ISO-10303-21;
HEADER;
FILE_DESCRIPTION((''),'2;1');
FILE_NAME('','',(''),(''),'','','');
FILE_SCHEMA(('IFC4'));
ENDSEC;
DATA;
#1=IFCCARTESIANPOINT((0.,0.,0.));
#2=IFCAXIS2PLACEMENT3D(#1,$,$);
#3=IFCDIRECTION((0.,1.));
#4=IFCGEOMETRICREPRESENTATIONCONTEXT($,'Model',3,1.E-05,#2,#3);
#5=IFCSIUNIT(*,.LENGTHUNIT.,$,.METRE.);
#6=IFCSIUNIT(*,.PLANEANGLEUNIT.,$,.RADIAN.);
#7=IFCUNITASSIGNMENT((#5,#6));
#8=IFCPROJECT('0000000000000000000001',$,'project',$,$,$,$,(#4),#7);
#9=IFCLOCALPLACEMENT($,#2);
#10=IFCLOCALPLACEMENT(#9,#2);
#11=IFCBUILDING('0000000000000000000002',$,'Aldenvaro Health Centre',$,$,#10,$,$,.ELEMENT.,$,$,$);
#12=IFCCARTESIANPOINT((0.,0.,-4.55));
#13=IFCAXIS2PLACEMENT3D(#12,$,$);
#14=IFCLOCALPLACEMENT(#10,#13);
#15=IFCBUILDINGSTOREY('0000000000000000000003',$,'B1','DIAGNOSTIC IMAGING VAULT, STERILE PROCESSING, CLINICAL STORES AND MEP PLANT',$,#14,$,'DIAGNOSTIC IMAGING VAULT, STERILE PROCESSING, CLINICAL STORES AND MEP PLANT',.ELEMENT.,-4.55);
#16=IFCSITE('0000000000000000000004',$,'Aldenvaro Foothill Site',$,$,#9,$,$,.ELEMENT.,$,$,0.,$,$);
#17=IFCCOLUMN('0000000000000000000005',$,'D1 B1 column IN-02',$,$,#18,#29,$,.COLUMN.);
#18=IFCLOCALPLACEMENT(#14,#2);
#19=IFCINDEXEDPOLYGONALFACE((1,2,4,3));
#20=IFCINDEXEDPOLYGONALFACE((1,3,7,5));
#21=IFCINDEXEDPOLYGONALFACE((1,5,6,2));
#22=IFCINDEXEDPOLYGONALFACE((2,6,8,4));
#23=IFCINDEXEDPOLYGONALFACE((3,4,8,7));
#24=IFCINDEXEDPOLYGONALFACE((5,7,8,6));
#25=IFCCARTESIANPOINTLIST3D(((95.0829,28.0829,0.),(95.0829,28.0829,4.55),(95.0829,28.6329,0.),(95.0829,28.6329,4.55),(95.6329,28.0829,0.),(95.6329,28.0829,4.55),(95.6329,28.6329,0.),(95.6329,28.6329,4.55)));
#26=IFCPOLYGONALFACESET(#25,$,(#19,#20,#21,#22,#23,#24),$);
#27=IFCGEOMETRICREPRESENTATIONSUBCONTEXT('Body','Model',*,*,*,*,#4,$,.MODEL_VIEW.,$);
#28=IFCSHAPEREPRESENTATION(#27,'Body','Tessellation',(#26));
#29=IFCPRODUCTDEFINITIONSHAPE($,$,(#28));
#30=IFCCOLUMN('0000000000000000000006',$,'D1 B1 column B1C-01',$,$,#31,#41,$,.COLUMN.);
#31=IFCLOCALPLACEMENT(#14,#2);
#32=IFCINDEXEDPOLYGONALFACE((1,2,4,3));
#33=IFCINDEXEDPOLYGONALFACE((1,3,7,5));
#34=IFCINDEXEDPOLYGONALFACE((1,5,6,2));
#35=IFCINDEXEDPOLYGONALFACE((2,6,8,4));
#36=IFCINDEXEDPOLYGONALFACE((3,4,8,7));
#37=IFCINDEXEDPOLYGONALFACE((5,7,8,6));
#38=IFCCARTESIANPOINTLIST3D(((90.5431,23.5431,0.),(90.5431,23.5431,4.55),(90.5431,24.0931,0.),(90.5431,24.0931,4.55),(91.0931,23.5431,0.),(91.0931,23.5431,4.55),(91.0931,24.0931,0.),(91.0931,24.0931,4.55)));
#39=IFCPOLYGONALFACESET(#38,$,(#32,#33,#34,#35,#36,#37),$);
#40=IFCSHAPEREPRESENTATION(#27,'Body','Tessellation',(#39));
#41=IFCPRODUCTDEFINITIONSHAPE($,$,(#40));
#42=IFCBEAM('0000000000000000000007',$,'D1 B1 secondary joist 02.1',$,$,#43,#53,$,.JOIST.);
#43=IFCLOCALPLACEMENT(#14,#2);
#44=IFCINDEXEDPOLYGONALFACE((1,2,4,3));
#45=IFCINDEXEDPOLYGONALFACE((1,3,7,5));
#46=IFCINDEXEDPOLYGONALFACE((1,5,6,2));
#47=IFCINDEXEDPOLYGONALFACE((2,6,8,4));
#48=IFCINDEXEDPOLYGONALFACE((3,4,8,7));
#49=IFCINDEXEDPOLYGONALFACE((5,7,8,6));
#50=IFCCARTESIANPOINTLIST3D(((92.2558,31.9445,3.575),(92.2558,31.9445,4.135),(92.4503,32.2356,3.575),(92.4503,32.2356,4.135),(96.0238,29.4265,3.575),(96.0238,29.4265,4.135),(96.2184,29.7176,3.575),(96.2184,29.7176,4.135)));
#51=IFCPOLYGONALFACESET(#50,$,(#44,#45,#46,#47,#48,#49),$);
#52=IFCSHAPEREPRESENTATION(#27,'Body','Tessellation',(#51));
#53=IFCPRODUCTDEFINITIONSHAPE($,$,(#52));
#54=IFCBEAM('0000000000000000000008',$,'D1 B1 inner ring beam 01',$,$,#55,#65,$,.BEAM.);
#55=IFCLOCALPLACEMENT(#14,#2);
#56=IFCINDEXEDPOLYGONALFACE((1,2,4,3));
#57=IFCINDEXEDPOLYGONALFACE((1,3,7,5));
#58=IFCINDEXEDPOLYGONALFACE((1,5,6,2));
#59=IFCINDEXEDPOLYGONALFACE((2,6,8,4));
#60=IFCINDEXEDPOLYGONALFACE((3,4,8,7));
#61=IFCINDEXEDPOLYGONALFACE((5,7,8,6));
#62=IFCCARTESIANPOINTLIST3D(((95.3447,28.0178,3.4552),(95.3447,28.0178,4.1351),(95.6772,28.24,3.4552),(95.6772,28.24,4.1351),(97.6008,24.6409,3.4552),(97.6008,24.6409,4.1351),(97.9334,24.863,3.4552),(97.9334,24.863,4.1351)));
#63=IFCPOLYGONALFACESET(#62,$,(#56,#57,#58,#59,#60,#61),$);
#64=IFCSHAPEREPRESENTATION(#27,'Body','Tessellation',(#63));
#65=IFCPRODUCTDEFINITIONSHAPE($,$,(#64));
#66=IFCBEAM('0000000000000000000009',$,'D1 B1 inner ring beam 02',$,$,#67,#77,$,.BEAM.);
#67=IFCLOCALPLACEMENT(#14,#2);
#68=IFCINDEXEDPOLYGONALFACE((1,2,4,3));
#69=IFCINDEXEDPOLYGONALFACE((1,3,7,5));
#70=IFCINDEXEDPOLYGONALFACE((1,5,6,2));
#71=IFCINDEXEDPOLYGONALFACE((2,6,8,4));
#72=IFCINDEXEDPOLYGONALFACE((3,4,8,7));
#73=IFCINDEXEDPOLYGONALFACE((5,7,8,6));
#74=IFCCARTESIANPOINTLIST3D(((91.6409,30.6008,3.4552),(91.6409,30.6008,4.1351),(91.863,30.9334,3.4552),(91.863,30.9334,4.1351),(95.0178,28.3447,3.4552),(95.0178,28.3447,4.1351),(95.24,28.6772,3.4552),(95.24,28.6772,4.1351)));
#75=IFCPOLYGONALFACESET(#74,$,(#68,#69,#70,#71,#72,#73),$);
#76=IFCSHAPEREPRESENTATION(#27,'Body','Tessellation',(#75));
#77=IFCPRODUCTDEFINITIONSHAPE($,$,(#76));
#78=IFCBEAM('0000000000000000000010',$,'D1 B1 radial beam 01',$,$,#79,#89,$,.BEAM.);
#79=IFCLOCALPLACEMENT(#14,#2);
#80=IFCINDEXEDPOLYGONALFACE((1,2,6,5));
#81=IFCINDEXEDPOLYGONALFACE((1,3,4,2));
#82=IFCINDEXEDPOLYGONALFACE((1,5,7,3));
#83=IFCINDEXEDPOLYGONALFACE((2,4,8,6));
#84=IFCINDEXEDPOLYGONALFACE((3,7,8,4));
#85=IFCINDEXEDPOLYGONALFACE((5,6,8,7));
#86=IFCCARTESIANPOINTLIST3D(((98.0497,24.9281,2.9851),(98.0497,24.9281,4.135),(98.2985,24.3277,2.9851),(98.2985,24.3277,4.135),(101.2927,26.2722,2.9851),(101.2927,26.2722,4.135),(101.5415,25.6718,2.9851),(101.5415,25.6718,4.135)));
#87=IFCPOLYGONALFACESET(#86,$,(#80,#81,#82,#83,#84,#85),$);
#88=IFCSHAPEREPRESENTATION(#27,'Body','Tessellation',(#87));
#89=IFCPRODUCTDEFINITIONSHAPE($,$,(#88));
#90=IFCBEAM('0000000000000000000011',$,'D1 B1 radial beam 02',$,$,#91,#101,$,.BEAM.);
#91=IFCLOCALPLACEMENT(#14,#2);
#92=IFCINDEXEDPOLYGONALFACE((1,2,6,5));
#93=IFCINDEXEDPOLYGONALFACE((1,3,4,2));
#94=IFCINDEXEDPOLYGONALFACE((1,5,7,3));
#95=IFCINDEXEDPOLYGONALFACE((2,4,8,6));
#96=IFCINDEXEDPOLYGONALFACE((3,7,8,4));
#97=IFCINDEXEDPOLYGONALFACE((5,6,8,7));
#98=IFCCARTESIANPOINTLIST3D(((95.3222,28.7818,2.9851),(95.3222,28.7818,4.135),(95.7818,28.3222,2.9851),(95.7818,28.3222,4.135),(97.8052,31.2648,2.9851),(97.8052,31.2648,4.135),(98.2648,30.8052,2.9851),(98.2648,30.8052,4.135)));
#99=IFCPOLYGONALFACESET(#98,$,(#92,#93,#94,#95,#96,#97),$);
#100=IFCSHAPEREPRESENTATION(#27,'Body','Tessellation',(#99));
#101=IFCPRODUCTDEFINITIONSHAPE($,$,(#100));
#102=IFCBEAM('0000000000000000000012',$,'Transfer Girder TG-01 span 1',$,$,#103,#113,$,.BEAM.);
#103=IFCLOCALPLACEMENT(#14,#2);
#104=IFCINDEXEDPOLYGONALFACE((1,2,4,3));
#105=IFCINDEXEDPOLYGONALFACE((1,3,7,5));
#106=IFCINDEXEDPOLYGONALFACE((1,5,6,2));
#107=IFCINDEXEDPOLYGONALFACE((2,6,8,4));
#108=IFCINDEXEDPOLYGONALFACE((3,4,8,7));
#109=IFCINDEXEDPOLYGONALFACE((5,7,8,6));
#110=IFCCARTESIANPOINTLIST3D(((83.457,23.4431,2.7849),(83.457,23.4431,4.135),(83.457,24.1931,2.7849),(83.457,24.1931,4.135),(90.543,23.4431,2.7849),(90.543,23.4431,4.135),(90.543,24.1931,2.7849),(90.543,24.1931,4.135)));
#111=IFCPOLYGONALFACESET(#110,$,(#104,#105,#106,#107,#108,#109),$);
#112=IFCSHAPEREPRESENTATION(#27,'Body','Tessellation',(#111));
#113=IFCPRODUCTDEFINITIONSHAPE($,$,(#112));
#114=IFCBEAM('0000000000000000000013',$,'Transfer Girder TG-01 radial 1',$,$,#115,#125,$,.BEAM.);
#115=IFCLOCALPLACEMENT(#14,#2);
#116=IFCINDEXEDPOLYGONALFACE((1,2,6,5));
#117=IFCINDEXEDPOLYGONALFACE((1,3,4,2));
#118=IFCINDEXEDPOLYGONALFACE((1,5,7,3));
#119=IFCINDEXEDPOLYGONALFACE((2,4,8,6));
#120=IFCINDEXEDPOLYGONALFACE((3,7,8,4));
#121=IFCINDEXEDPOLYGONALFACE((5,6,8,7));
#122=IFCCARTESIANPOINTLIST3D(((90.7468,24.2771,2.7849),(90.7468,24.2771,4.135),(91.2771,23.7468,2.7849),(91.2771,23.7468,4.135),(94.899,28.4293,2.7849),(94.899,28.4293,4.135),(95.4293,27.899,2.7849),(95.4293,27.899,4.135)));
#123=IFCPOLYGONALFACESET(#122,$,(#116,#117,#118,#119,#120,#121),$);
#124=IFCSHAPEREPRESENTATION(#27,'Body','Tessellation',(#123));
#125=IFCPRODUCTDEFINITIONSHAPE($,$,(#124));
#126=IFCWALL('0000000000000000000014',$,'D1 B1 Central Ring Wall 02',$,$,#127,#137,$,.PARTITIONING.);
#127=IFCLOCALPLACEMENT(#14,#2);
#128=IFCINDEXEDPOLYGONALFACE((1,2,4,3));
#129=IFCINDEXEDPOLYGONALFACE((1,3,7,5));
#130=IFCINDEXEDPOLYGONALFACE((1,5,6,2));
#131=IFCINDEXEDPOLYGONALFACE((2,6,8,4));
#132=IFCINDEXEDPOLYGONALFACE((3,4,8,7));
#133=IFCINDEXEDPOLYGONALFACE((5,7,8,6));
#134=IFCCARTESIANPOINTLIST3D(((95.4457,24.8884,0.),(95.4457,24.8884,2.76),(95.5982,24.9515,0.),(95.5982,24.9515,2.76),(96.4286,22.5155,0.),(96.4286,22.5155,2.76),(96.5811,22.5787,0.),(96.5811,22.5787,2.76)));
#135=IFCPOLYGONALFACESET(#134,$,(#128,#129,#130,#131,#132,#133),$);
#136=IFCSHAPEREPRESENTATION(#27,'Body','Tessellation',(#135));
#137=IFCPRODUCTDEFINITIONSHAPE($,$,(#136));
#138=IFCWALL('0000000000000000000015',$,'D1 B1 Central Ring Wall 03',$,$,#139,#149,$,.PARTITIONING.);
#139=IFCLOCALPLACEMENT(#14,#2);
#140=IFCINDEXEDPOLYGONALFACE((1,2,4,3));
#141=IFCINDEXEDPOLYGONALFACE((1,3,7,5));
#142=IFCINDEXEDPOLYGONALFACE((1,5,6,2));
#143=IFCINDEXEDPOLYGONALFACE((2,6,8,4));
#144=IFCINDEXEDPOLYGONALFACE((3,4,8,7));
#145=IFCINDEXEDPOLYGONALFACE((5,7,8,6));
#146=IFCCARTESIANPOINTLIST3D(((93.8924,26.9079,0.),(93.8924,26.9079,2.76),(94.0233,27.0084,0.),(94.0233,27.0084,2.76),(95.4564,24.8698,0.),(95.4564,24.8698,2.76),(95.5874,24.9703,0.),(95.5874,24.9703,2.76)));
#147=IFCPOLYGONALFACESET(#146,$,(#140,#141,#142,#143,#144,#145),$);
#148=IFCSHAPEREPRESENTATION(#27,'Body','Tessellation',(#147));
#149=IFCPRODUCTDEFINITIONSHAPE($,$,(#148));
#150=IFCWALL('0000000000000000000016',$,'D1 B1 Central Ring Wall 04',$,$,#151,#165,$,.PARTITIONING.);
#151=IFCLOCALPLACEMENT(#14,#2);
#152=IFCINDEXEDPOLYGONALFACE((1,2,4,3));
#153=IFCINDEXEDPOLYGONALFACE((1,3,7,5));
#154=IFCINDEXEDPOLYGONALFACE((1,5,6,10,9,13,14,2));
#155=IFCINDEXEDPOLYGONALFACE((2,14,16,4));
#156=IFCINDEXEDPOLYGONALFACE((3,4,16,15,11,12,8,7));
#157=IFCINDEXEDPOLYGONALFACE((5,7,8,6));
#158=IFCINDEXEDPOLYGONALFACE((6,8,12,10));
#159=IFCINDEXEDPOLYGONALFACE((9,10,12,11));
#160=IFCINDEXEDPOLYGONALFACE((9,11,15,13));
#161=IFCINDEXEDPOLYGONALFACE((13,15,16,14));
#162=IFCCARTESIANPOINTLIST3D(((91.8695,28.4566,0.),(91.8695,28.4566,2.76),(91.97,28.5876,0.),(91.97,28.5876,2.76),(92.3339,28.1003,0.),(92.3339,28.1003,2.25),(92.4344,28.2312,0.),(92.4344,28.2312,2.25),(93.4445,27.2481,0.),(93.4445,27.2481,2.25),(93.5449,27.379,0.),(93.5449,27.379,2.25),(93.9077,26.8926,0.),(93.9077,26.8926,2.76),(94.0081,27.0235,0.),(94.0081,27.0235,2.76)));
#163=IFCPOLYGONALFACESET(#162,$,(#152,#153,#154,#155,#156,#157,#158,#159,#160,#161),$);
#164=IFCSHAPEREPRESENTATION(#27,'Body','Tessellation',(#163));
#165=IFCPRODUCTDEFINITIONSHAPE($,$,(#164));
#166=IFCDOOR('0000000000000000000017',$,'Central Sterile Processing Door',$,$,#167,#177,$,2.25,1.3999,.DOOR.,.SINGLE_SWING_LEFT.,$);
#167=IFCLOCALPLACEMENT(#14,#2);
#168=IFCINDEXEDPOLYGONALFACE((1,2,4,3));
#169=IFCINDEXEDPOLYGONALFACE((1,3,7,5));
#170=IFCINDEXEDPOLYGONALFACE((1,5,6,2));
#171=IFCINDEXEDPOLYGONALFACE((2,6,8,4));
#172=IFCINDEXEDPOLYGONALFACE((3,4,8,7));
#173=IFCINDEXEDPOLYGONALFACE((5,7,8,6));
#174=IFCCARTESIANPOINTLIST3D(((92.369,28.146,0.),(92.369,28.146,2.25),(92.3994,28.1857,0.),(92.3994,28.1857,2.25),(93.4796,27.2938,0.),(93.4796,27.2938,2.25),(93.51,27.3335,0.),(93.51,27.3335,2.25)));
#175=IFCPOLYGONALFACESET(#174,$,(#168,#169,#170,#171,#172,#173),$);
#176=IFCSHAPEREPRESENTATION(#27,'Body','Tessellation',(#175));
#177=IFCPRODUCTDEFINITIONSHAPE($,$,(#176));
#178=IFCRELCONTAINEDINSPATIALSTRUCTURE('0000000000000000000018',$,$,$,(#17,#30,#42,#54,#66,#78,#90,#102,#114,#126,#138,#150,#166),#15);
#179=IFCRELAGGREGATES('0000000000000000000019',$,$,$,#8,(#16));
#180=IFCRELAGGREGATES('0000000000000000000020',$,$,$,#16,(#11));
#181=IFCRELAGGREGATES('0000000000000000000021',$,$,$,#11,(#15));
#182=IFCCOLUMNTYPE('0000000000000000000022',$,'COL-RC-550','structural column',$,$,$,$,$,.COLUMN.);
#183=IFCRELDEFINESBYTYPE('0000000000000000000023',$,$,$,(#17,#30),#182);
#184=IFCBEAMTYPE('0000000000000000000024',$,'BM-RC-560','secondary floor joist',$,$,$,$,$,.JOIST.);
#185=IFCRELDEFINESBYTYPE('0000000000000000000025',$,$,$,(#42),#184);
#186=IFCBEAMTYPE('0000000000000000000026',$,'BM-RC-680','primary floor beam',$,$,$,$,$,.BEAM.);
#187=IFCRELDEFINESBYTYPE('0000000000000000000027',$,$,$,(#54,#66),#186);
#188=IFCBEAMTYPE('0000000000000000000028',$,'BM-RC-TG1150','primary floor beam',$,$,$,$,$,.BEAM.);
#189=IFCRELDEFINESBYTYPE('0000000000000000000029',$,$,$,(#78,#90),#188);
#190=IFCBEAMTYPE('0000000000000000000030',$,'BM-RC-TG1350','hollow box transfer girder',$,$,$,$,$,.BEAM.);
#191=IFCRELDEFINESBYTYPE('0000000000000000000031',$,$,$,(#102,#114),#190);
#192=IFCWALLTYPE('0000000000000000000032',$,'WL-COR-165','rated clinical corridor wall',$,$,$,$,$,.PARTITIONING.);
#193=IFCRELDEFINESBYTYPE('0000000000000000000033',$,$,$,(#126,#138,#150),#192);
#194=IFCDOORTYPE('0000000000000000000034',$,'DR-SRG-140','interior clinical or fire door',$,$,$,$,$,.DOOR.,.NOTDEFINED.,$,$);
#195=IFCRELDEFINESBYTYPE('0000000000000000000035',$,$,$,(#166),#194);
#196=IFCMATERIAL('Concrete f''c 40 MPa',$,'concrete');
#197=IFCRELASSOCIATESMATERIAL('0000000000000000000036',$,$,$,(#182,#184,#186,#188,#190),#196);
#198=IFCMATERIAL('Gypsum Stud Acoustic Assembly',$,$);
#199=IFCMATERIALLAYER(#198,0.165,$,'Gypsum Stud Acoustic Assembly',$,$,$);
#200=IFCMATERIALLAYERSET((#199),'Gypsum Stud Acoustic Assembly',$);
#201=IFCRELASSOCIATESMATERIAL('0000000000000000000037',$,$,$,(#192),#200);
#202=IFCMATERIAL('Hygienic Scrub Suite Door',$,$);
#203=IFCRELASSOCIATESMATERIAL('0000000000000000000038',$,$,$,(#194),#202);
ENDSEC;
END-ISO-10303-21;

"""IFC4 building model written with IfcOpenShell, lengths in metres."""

from ifc_helpers import new_model, si_unit, direction, frame, frame_2d, origin, origin_2d, place, context, subcontext, project, spatial, rectangle, extrude, material, layer, layer_set, material_profile, profile_set, type_object, element, fill, save


model = new_model("IFC4")

# Units and contexts
model_context = context("Model", 3, precision=1e-05, world=origin(), true_north=direction((0.0, 1.0)))
body_context = subcontext(model_context, "Body", "Model", "MODEL_VIEW")
ifc_project = project(units=[si_unit("LENGTHUNIT", "METRE"), si_unit("PLANEANGLEUNIT", "RADIAN")], contexts=[model_context])

# Site, building, storey
site_placement = place(None, origin())
site = spatial("IfcSite", under=ifc_project, at=site_placement, Name="Aldenvaro Foothill Site", CompositionType="ELEMENT", RefElevation=0.0)
building_placement = place(site_placement, origin())
building = spatial("IfcBuilding", under=site, at=building_placement, Name="Aldenvaro Health Centre", CompositionType="ELEMENT")
storey_placement = place(building_placement, frame((0.0, 0.0, -4.55)))
storey = spatial("IfcBuildingStorey", under=building, at=storey_placement, Name="B1", Description="DIAGNOSTIC IMAGING VAULT, STERILE PROCESSING, CLINICAL STORES AND MEP PLANT", LongName="DIAGNOSTIC IMAGING VAULT, STERILE PROCESSING, CLINICAL STORES AND MEP PLANT", CompositionType="ELEMENT", Elevation=-4.55)

# Shared definitions
ifc_material_1 = material(Name="Concrete f'c 40 MPa", Category="concrete")

# Columns
ifc_material_profile_1 = material_profile(ifc_material_1, rectangle(XDim=0.55, YDim=0.55, at=origin_2d()), Name="RC 550x550", Category="concrete")
ifc_profile_set_1 = profile_set([ifc_material_profile_1], Name="Concrete f'c 40 MPa")
column_type = type_object("IfcColumnType", Name="COL-RC-550", Description="structural column", PredefinedType="COLUMN", material=ifc_profile_set_1)
for number, where, z_axis, x_axis, name in (
    (1, (95.3579, 28.3579, 0.0), (0.0, 0.0, 1.0), (1.0, 0.0, 0.0), "D1 B1 column IN-02"),
    (2, (90.8181, 23.8181, 0.0), (0.0, 0.0, 1.0), (1.0, 0.0, 0.0), "D1 B1 column B1C-01"),
):
    element("IfcColumn", number, at=place(storey_placement, frame(where, z_axis=z_axis, x_axis=x_axis)), inside=storey, type_object=column_type, Name=name, PredefinedType="COLUMN", context=body_context, shape_type="SweptSolid", body=[
        extrude(rectangle(XDim=0.55, YDim=0.55, at=origin_2d()), origin(), (0.0, 0.0, 1.0), 4.55),
    ])

# Beams
ifc_material_profile_2 = material_profile(ifc_material_1, rectangle(XDim=0.3501, YDim=0.5601, at=origin_2d()), Name="RC 350x560", Category="concrete")
ifc_profile_set_2 = profile_set([ifc_material_profile_2], Name="Concrete f'c 40 MPa")
beam_type_1 = type_object("IfcBeamType", Name="BM-RC-560", Description="secondary floor joist", PredefinedType="JOIST", material=ifc_profile_set_2)
beam_1_placement = place(storey_placement, frame((96.1211, 29.572, 3.855), z_axis=(-0.831436, 0.55562, 0.0), x_axis=(-0.55562, -0.831436, 0.0)))
element("IfcBeam", 3, at=beam_1_placement, inside=storey, type_object=beam_type_1, Name="D1 B1 secondary joist 02.1", PredefinedType="JOIST", context=body_context, shape_type="SweptSolid", body=[
    extrude(rectangle(XDim=0.3501, YDim=0.5601, at=origin_2d()), origin(), (0.0, 0.0, 1.0), 4.532),
])
ifc_material_profile_3 = material_profile(ifc_material_1, rectangle(XDim=0.3999, YDim=0.6799, at=origin_2d()), Name="RC 400x680", Category="concrete")
ifc_profile_set_3 = profile_set([ifc_material_profile_3], Name="Concrete f'c 40 MPa")
beam_type_2 = type_object("IfcBeamType", Name="BM-RC-680", Description="primary floor beam", PredefinedType="BEAM", material=ifc_profile_set_3)
for number, where, z_axis, x_axis, name in (
    (4, (97.7671, 24.752, 3.7952), (-0.555518, 0.831504, 0.0), (-0.831504, -0.555518, 0.0), "D1 B1 inner ring beam 01"),
    (5, (95.1289, 28.511, 3.7952), (-0.831504, 0.555518, 0.0), (-0.555518, -0.831504, 0.0), "D1 B1 inner ring beam 02"),
):
    element("IfcBeam", number, at=place(storey_placement, frame(where, z_axis=z_axis, x_axis=x_axis)), inside=storey, type_object=beam_type_2, Name=name, PredefinedType="BEAM", context=body_context, shape_type="SweptSolid", body=[
        extrude(rectangle(XDim=0.3999, YDim=0.6799, at=origin_2d()), origin(), (0.0, 0.0, 1.0), 4.0613),
    ])
ifc_material_profile_4 = material_profile(ifc_material_1, rectangle(XDim=0.6499, YDim=1.1499, at=origin_2d()), Name="RC 650x1150", Category="concrete")
ifc_profile_set_4 = profile_set([ifc_material_profile_4], Name="Concrete f'c 40 MPa")
beam_type_3 = type_object("IfcBeamType", Name="BM-RC-TG1150", Description="primary floor beam", PredefinedType="BEAM", material=ifc_profile_set_4)
beam_2_placement = place(storey_placement, frame((98.1741, 24.6279, 3.5601), z_axis=(0.923806, 0.382862, 0.0), x_axis=(-0.382862, 0.923806, 0.0)))
element("IfcBeam", 6, at=beam_2_placement, inside=storey, type_object=beam_type_3, Name="D1 B1 radial beam 01", PredefinedType="BEAM", context=body_context, shape_type="SweptSolid", body=[
    extrude(rectangle(XDim=0.6499, YDim=1.1499, at=origin_2d()), origin(), (0.0, 0.0, 1.0), 3.5105),
])
beam_3_placement = place(storey_placement, frame((95.552, 28.552, 3.5601), z_axis=(0.707107, 0.707107, 0.0), x_axis=(-0.707107, 0.707107, 0.0)))
element("IfcBeam", 7, at=beam_3_placement, inside=storey, type_object=beam_type_3, Name="D1 B1 radial beam 02", PredefinedType="BEAM", context=body_context, shape_type="SweptSolid", body=[
    extrude(rectangle(XDim=0.6499, YDim=1.1499, at=origin_2d()), origin(), (0.0, 0.0, 1.0), 3.5115),
])
ifc_material_profile_5 = material_profile(ifc_material_1, rectangle(XDim=0.75, YDim=1.3501, at=origin_2d()), Name="RC 750x1350", Category="concrete")
ifc_profile_set_5 = profile_set([ifc_material_profile_5], Name="Concrete f'c 40 MPa")
beam_type_4 = type_object("IfcBeamType", Name="BM-RC-TG1350", Description="hollow box transfer girder", PredefinedType="BEAM", material=ifc_profile_set_5)
beam_4_placement = place(storey_placement, frame((90.543, 23.8181, 3.46), z_axis=(-1.0, 0.0, 0.0), x_axis=(0.0, -1.0, 0.0)))
element("IfcBeam", 8, at=beam_4_placement, inside=storey, type_object=beam_type_4, Name="Transfer Girder TG-01 span 1", PredefinedType="BEAM", context=body_context, shape_type="SweptSolid", body=[
    extrude(rectangle(XDim=0.75, YDim=1.3501, at=origin_2d()), origin(), (0.0, 0.0, 1.0), 7.0859),
])
beam_5_placement = place(storey_placement, frame((91.012, 24.012, 3.46), z_axis=(0.707107, 0.707107, 0.0), x_axis=(-0.707107, 0.707107, 0.0)))
element("IfcBeam", 9, at=beam_5_placement, inside=storey, type_object=beam_type_4, Name="Transfer Girder TG-01 radial 1", PredefinedType="BEAM", context=body_context, shape_type="SweptSolid", body=[
    extrude(rectangle(XDim=0.75, YDim=1.3501, at=origin_2d()), origin(), (0.0, 0.0, 1.0), 5.8721),
])

# Walls
ifc_material_2 = material(Name="Gypsum Stud Acoustic Assembly")
ifc_layer = layer(ifc_material_2, 0.165, Name="Gypsum Stud Acoustic Assembly")
ifc_layer_set = layer_set([ifc_layer], Name="Gypsum Stud Acoustic Assembly")
wall_type = type_object("IfcWallType", Name="WL-COR-165", Description="rated clinical corridor wall", PredefinedType="PARTITIONING", material=ifc_layer_set)
wall_1_placement = place(storey_placement, frame((96.5049, 22.5471, 0.0), z_axis=(0.0, 0.0, 1.0), x_axis=(-0.382704, 0.923871, 0.0)))
element("IfcWall", 10, at=wall_1_placement, inside=storey, type_object=wall_type, Name="D1 B1 Central Ring Wall 02", PredefinedType="PARTITIONING", context=body_context, shape_type="SweptSolid", body=[
    extrude(rectangle(XDim=2.5684, YDim=0.165, at=frame_2d((1.2842, 0.0))), origin(), (0.0, 0.0, 1.0), 2.76),
])
wall_2_placement = place(storey_placement, frame((95.522, 24.9199, 0.0), z_axis=(0.0, 0.0, 1.0), x_axis=(-0.608783, 0.793337, 0.0)))
element("IfcWall", 11, at=wall_2_placement, inside=storey, type_object=wall_type, Name="D1 B1 Central Ring Wall 03", PredefinedType="PARTITIONING", context=body_context, shape_type="SweptSolid", body=[
    extrude(rectangle(XDim=2.5691, YDim=0.165, at=frame_2d((1.2847, 0.0))), origin(), (0.0, 0.0, 1.0), 2.76),
])

# Wall, opening, door
wall_3_placement = place(storey_placement, frame((93.958, 26.958, 0.0), z_axis=(0.0, 0.0, 1.0), x_axis=(-0.793337, 0.608783, 0.0)))
wall_3 = element("IfcWall", 12, at=wall_3_placement, inside=storey, type_object=wall_type, Name="D1 B1 Central Ring Wall 04", PredefinedType="PARTITIONING", context=body_context, shape_type="SweptSolid", body=[
    extrude(rectangle(XDim=2.5691, YDim=0.165, at=frame_2d((1.2847, 0.0))), origin(), (0.0, 0.0, 1.0), 2.76),
])
opening_1_placement = place(wall_3_placement, frame((0.584, 0.0, 0.0)))
opening_1 = element("IfcOpeningElement", 13, at=opening_1_placement, cuts=wall_3, PredefinedType="OPENING", context=body_context, shape_type="SweptSolid", body=[
    extrude(rectangle(XDim=1.3999, YDim=2.25, at=frame_2d((0.7, 1.125))), frame((0.0, 0.0925, 0.0), z_axis=(0.0, -1.0, 0.0), x_axis=(1.0, 0.0, 0.0)), (0.0, 0.0, 1.0), 0.1851),
])
ifc_material_3 = material(Name="Hygienic Scrub Suite Door")
door_type_1 = type_object("IfcDoorType", Name="DR-SRG-140", Description="interior clinical or fire door", OperationType="NOTDEFINED", PredefinedType="DOOR", material=ifc_material_3)
door_1_placement = place(opening_1_placement, origin())
door_1 = element("IfcDoor", 14, at=door_1_placement, inside=storey, type_object=door_type_1, Name="Central Sterile Processing Door", OperationType="SINGLE_SWING_LEFT", OverallHeight=2.25, OverallWidth=1.3999, PredefinedType="DOOR", context=body_context, shape_type="SweptSolid", body=[
    extrude(rectangle(XDim=1.3999, YDim=2.25, at=frame_2d((0.7, 1.125))), frame((0.0, 0.0249, 0.0), z_axis=(0.0, -1.0, 0.0), x_axis=(1.0, 0.0, 0.0)), (0.0, 0.0, 1.0), 0.05),
])
fill(opening_1, door_1)

save(model, "model.ifc")
